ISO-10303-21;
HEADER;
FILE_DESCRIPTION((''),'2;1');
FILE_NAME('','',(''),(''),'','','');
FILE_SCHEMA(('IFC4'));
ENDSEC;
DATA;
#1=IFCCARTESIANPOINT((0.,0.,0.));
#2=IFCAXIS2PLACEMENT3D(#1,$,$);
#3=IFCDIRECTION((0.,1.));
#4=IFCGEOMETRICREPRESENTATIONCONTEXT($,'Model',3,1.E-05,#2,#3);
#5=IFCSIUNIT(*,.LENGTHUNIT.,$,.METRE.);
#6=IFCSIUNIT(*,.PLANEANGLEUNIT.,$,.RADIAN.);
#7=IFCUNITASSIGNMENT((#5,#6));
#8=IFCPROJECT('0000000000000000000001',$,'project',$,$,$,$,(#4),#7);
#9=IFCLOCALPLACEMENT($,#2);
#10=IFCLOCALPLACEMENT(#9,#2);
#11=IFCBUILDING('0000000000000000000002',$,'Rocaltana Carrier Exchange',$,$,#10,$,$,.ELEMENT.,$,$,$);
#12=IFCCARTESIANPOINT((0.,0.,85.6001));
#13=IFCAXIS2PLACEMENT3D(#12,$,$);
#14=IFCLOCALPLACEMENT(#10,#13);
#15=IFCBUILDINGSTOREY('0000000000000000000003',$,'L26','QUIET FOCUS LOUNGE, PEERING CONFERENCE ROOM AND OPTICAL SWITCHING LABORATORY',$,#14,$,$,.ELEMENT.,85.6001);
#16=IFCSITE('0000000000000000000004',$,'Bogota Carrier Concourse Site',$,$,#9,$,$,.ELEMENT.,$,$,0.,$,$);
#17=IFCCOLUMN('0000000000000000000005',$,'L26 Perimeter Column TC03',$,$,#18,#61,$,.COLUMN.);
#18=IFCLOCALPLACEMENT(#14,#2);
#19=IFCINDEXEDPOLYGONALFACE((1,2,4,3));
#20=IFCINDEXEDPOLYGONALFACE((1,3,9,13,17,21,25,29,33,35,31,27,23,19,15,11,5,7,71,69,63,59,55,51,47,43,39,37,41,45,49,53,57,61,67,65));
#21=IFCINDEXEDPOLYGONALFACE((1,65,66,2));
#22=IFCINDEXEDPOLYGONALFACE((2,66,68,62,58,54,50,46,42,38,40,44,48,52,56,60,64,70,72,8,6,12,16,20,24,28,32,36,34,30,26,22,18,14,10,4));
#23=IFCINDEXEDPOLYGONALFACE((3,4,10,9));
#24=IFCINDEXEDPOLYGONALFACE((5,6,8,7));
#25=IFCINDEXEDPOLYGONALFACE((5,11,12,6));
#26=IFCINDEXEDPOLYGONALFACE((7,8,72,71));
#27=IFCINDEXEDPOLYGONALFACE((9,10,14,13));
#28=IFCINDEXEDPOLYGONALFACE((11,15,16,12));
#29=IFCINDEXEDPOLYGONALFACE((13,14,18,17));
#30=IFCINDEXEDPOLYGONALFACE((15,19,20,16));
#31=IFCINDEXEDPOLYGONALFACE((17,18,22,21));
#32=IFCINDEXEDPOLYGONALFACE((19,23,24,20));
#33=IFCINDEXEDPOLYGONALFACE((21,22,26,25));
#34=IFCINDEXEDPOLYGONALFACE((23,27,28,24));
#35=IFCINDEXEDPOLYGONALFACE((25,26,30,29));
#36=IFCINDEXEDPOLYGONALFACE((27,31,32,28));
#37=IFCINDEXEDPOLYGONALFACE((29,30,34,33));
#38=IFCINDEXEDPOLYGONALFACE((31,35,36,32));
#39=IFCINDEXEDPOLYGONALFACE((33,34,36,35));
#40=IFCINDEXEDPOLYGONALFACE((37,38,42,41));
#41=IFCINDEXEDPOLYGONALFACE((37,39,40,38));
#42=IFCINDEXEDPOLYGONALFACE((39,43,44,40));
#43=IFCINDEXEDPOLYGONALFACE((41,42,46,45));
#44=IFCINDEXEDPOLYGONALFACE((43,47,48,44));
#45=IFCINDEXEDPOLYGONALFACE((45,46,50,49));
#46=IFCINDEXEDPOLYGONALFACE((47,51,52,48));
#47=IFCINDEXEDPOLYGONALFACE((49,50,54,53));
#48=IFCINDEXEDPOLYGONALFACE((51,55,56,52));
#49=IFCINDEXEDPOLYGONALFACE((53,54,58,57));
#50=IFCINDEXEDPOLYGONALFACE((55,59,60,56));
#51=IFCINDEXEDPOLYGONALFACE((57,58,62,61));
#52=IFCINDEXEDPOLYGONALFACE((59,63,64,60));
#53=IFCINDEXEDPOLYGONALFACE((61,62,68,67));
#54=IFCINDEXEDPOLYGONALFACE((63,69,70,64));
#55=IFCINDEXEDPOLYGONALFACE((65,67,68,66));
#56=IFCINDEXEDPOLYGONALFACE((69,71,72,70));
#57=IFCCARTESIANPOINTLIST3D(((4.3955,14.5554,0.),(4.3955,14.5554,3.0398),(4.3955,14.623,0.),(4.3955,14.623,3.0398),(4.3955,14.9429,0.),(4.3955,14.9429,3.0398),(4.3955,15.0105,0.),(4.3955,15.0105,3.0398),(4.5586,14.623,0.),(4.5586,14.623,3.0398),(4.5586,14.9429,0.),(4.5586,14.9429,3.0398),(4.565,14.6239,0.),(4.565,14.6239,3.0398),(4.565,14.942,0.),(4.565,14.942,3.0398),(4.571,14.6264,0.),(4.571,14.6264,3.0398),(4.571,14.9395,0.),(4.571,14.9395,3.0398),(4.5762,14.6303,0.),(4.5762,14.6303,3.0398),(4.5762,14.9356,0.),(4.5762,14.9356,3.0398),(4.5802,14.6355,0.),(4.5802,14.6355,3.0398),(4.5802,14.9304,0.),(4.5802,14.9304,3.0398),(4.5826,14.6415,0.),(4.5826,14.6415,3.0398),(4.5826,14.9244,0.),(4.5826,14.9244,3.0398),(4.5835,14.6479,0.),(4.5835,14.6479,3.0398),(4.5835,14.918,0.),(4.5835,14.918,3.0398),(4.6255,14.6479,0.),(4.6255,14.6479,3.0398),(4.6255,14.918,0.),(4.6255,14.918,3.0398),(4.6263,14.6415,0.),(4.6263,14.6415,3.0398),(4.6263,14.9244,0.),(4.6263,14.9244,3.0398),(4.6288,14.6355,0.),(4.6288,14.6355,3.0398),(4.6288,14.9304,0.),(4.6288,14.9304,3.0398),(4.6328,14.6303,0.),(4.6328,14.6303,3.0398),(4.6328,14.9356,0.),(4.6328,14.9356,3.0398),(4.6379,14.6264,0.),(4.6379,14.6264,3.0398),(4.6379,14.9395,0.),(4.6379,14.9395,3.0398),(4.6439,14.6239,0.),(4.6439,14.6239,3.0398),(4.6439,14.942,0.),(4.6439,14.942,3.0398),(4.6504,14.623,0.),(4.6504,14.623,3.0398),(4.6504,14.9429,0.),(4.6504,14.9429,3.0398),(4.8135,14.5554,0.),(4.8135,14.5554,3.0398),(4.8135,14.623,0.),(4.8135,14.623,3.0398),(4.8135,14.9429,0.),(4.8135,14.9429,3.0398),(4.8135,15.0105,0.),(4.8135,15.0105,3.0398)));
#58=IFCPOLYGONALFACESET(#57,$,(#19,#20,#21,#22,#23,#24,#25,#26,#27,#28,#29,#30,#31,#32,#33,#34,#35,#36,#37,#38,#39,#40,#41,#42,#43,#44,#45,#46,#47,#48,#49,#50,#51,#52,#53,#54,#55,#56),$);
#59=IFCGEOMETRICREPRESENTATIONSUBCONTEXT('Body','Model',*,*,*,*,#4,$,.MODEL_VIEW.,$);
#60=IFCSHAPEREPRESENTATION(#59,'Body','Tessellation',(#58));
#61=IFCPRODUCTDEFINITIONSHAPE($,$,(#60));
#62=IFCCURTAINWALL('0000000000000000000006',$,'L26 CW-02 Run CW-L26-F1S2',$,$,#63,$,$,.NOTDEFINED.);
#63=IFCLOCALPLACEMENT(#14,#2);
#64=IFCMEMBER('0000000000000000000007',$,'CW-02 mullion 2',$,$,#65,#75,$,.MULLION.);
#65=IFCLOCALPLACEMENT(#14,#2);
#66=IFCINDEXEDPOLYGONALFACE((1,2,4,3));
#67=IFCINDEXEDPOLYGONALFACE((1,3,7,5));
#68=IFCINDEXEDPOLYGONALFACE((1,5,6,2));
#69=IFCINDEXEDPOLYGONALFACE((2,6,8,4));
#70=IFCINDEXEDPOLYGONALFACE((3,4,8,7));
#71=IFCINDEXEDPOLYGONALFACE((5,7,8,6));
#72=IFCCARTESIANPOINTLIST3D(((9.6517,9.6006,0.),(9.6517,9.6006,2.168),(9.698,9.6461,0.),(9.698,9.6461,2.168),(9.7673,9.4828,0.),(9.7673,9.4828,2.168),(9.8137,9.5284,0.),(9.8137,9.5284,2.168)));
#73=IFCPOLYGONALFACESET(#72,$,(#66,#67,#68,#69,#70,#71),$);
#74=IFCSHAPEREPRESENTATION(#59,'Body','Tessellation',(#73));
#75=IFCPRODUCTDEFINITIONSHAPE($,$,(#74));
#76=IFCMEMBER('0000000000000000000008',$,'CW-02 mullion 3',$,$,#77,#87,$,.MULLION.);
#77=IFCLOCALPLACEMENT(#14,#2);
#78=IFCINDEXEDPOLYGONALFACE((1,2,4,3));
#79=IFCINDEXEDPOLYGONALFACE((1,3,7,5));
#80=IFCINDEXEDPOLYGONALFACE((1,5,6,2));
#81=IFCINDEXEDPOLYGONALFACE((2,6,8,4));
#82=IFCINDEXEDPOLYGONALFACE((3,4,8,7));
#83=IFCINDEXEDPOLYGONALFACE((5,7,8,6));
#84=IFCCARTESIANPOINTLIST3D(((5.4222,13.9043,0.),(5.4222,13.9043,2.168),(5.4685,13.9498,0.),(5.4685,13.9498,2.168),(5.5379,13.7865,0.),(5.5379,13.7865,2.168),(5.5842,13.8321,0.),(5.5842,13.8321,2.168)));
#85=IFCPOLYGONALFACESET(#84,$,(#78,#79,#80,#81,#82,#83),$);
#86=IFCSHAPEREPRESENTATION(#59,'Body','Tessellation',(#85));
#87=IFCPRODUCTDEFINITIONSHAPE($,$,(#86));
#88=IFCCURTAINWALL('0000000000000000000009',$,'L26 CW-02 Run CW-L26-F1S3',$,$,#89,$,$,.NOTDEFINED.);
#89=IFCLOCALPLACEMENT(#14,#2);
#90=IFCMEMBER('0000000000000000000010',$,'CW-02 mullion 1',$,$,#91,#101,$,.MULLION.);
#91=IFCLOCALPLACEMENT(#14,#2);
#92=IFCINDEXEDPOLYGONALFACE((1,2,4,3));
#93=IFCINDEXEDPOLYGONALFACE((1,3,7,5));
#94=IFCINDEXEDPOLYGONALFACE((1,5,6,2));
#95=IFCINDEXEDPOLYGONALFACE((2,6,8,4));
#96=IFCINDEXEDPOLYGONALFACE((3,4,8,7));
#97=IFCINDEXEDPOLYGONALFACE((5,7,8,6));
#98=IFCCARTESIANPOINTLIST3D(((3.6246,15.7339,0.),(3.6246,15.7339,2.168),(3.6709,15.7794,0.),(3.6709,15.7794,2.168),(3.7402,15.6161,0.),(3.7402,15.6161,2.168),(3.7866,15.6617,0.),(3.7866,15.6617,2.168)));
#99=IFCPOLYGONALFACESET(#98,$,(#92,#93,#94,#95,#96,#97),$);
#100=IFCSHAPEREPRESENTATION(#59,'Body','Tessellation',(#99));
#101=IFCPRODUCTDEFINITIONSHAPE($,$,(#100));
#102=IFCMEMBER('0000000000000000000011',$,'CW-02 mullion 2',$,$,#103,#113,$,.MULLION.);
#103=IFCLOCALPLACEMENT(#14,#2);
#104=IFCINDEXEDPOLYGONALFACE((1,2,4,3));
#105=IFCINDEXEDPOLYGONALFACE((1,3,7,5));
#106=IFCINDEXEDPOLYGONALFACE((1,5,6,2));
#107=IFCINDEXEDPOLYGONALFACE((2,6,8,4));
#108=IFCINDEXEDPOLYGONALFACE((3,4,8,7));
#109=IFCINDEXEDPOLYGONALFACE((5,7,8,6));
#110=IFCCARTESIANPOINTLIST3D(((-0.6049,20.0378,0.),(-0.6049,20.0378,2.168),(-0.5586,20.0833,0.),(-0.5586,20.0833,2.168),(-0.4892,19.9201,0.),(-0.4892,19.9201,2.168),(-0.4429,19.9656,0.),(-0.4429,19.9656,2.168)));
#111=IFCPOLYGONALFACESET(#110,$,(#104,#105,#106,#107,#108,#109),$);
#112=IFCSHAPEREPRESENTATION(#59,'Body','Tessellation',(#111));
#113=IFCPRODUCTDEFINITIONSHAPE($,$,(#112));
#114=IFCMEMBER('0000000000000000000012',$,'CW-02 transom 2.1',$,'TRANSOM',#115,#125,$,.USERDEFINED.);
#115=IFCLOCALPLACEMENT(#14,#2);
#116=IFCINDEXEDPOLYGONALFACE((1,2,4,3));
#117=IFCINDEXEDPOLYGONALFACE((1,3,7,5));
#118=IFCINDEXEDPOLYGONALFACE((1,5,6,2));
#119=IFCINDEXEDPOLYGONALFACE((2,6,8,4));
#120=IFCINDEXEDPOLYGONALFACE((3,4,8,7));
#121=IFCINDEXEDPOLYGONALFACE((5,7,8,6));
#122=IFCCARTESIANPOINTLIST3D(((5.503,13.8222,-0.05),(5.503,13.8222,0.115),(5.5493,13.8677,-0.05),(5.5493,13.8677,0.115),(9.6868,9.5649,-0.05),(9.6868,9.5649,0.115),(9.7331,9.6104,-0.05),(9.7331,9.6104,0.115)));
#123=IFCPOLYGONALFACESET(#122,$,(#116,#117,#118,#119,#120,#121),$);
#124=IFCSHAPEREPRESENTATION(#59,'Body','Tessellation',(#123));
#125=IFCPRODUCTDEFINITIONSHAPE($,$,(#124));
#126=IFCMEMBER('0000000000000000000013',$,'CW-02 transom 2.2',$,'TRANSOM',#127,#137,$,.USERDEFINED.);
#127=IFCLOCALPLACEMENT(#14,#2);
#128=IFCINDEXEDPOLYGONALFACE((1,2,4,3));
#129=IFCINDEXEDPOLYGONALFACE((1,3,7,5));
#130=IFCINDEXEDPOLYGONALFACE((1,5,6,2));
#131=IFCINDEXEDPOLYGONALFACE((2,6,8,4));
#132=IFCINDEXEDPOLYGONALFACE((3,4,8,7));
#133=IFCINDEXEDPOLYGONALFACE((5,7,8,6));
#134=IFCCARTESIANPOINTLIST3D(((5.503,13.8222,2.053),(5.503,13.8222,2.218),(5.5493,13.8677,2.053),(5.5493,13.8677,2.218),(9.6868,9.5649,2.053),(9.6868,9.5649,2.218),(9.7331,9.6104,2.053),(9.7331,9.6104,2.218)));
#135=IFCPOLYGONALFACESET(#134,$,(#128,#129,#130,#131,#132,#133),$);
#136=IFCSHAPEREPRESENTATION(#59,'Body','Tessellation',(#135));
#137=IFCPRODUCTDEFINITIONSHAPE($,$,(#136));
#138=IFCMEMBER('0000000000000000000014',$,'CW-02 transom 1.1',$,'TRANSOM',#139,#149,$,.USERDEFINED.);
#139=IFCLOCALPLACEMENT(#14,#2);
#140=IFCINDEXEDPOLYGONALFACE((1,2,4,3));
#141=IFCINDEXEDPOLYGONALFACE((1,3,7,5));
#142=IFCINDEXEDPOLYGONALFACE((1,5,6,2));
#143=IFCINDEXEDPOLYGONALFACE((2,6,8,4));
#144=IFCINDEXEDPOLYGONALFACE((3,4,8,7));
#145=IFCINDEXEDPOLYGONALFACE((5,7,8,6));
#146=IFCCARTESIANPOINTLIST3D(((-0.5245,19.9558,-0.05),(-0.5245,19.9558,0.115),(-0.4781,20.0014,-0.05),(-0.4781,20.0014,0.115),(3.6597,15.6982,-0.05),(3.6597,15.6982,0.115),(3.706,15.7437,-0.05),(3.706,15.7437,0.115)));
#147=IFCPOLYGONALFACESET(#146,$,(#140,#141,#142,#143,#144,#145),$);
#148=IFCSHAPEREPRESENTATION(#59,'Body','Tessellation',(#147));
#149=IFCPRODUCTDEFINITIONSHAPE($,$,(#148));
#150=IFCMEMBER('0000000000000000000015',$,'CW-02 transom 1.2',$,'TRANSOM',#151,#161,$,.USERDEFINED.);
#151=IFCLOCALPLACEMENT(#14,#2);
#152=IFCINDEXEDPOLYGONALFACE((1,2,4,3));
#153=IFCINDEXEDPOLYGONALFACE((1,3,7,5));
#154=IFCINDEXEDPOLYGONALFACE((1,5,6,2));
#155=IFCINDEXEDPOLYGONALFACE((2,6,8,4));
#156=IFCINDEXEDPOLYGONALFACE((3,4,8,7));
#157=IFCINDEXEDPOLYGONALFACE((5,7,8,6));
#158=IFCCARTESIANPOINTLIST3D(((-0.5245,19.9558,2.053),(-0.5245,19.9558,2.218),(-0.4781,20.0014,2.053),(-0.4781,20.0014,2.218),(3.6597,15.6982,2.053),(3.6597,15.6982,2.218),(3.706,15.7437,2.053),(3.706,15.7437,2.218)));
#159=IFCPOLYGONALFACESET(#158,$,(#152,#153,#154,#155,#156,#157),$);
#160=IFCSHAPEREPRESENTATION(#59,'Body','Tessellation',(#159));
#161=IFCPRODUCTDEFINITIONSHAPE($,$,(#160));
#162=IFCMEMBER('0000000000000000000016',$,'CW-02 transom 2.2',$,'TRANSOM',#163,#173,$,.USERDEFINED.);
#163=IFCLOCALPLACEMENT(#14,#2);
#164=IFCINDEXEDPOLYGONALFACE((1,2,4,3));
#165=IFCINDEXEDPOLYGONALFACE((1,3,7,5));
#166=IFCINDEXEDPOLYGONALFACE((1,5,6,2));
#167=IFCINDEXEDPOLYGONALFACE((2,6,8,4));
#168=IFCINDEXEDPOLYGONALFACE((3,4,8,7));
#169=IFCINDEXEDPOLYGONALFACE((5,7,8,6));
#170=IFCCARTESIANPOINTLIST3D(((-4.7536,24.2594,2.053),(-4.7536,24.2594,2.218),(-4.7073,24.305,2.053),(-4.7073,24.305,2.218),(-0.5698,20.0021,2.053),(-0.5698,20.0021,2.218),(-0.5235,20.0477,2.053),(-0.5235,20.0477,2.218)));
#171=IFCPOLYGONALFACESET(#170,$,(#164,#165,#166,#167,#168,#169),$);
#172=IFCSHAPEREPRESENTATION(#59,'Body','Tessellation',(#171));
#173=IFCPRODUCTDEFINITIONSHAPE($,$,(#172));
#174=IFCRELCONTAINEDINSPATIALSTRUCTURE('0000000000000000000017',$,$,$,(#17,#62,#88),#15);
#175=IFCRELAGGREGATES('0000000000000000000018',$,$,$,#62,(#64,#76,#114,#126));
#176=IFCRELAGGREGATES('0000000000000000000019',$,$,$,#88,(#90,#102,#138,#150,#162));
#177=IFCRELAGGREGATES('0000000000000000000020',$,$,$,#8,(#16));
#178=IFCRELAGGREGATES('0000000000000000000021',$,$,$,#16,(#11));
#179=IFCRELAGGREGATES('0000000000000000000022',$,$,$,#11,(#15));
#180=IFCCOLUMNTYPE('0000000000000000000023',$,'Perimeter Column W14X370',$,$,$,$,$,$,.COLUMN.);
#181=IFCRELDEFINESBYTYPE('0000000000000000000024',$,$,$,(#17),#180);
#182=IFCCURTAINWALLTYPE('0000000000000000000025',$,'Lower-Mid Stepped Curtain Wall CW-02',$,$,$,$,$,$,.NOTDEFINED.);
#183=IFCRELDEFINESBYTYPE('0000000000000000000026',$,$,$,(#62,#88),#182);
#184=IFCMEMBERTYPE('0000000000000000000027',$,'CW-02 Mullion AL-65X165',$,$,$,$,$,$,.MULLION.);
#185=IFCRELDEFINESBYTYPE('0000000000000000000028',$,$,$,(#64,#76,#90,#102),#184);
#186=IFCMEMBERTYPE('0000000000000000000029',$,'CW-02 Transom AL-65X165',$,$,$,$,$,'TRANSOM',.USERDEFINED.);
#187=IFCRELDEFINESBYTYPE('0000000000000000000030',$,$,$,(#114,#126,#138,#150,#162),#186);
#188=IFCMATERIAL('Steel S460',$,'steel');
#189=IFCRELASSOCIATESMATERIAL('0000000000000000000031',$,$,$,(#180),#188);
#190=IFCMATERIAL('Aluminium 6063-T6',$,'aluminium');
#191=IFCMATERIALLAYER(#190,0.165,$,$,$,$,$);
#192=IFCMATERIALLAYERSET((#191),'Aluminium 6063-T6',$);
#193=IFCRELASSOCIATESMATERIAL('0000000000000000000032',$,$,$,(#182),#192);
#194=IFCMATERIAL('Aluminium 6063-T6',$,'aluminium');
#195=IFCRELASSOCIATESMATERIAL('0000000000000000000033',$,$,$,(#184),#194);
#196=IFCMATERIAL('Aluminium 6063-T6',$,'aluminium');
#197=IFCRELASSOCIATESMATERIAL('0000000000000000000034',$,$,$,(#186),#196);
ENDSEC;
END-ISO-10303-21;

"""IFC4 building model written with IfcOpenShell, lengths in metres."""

from ifc_helpers import new_model, si_unit, direction, frame, origin, origin_2d, place, context, subcontext, project, spatial, rectangle, i_section, extrude, material, layer, layer_set, material_profile, profile_set, type_object, element, aggregate, save


model = new_model("IFC4")

# Units and contexts
model_context = context("Model", 3, precision=1e-05, world=origin(), true_north=direction((0.0, 1.0)))
body_context = subcontext(model_context, "Body", "Model", "MODEL_VIEW")
ifc_project = project(units=[si_unit("LENGTHUNIT", "METRE"), si_unit("PLANEANGLEUNIT", "RADIAN")], contexts=[model_context])

# Site, building, storey
site_placement = place(None, origin())
site = spatial("IfcSite", under=ifc_project, at=site_placement, Name="Bogota Carrier Concourse Site", CompositionType="ELEMENT", RefElevation=0.0)
building_placement = place(site_placement, origin())
building = spatial("IfcBuilding", under=site, at=building_placement, Name="Rocaltana Carrier Exchange", CompositionType="ELEMENT")
storey_placement = place(building_placement, frame((0.0, 0.0, 85.6001)))
storey = spatial("IfcBuildingStorey", under=building, at=storey_placement, Name="L26", Description="QUIET FOCUS LOUNGE, PEERING CONFERENCE ROOM AND OPTICAL SWITCHING LABORATORY", CompositionType="ELEMENT", Elevation=85.6001)

# Column
ifc_material_1 = material(Name="Steel S460", Category="steel")
ifc_material_profile_1 = material_profile(ifc_material_1, i_section(OverallWidth=0.418, OverallDepth=0.4551, WebThickness=0.042, FlangeThickness=0.0676, FilletRadius=0.0249, at=origin_2d()), Name="W14X370")
ifc_profile_set_1 = profile_set([ifc_material_profile_1], Name="Steel S460")
column_type = type_object("IfcColumnType", Name="Perimeter Column W14X370", PredefinedType="COLUMN", material=ifc_profile_set_1)
column_placement = place(storey_placement, frame((4.6045, 14.783, 0.0), z_axis=(0.0, 0.0, 1.0), x_axis=(1.0, 0.0, 0.0)))
element("IfcColumn", 1, at=column_placement, inside=storey, type_object=column_type, Name="L26 Perimeter Column TC03", PredefinedType="COLUMN", context=body_context, shape_type="SweptSolid", body=[
    extrude(i_section(OverallWidth=0.418, OverallDepth=0.4551, WebThickness=0.042, FlangeThickness=0.0676, FilletRadius=0.0249, at=origin_2d()), origin(), (0.0, 0.0, 1.0), 3.0398),
])

# Curtain walls, members
ifc_material_2 = material(Name="Aluminium 6063-T6", Category="aluminium")
ifc_layer_1 = layer(ifc_material_2, 0.165)
ifc_layer_set_1 = layer_set([ifc_layer_1], Name="Aluminium 6063-T6")
curtain_wall_type = type_object("IfcCurtainWallType", Name="Lower-Mid Stepped Curtain Wall CW-02", PredefinedType="NOTDEFINED", material=ifc_layer_set_1)
curtain_wall_1_placement = place(storey_placement, origin())
curtain_wall_1 = element("IfcCurtainWall", 2, at=curtain_wall_1_placement, inside=storey, type_object=curtain_wall_type, Name="L26 CW-02 Run CW-L26-F1S2", PredefinedType="NOTDEFINED")
ifc_material_3 = material(Name="Aluminium 6063-T6", Category="aluminium")
ifc_material_profile_2 = material_profile(ifc_material_3, rectangle(XDim=0.0649, YDim=0.165, at=origin_2d()), Name="AL-65X165")
ifc_profile_set_2 = profile_set([ifc_material_profile_2], Name="Aluminium 6063-T6")
member_type_1 = type_object("IfcMemberType", Name="CW-02 Mullion AL-65X165", PredefinedType="MULLION", material=ifc_profile_set_2)
member_1_placement = place(storey_placement, frame((9.7327, 9.5645, 0.0), z_axis=(0.0, 0.0, 1.0), x_axis=(-0.713245, -0.700915, 0.0)))
member_1 = element("IfcMember", 3, at=member_1_placement, type_object=member_type_1, Name="CW-02 mullion 2", PredefinedType="MULLION", context=body_context, shape_type="SweptSolid", body=[
    extrude(rectangle(XDim=0.0649, YDim=0.165, at=origin_2d()), origin(), (0.0, 0.0, 1.0), 2.168),
])
member_2_placement = place(storey_placement, frame((5.5032, 13.8682, 0.0), z_axis=(0.0, 0.0, 1.0), x_axis=(-0.713245, -0.700915, 0.0)))
member_2 = element("IfcMember", 4, at=member_2_placement, type_object=member_type_1, Name="CW-02 mullion 3", PredefinedType="MULLION", context=body_context, shape_type="SweptSolid", body=[
    extrude(rectangle(XDim=0.0649, YDim=0.165, at=origin_2d()), origin(), (0.0, 0.0, 1.0), 2.168),
])
curtain_wall_2_placement = place(storey_placement, origin())
curtain_wall_2 = element("IfcCurtainWall", 5, at=curtain_wall_2_placement, inside=storey, type_object=curtain_wall_type, Name="L26 CW-02 Run CW-L26-F1S3", PredefinedType="NOTDEFINED")
member_3_placement = place(storey_placement, frame((3.7056, 15.6978, 0.0), z_axis=(0.0, 0.0, 1.0), x_axis=(-0.713245, -0.700915, 0.0)))
member_3 = element("IfcMember", 6, at=member_3_placement, type_object=member_type_1, Name="CW-02 mullion 1", PredefinedType="MULLION", context=body_context, shape_type="SweptSolid", body=[
    extrude(rectangle(XDim=0.0649, YDim=0.165, at=origin_2d()), origin(), (0.0, 0.0, 1.0), 2.168),
])
member_4_placement = place(storey_placement, frame((-0.5239, 20.0017, 0.0), z_axis=(0.0, 0.0, 1.0), x_axis=(-0.713245, -0.700915, 0.0)))
member_4 = element("IfcMember", 7, at=member_4_placement, type_object=member_type_1, Name="CW-02 mullion 2", PredefinedType="MULLION", context=body_context, shape_type="SweptSolid", body=[
    extrude(rectangle(XDim=0.0649, YDim=0.165, at=origin_2d()), origin(), (0.0, 0.0, 1.0), 2.168),
])

# Members
ifc_material_4 = material(Name="Aluminium 6063-T6", Category="aluminium")
ifc_material_profile_3 = material_profile(ifc_material_4, rectangle(XDim=0.0649, YDim=0.165, at=origin_2d()), Name="AL-65X165")
ifc_profile_set_3 = profile_set([ifc_material_profile_3], Name="Aluminium 6063-T6")
member_type_2 = type_object("IfcMemberType", Name="CW-02 Transom AL-65X165", ElementType="TRANSOM", PredefinedType="USERDEFINED", material=ifc_profile_set_3)
member_5_placement = place(storey_placement, frame((9.71, 9.5876, 0.0325), z_axis=(-0.700924, 0.713236, 0.0), x_axis=(-0.713236, -0.700924, 0.0)))
member_5 = element("IfcMember", 8, at=member_5_placement, type_object=member_type_2, Name="CW-02 transom 2.1", ObjectType="TRANSOM", PredefinedType="USERDEFINED", context=body_context, shape_type="SweptSolid", body=[
    extrude(rectangle(XDim=0.0649, YDim=0.165, at=origin_2d()), origin(), (0.0, 0.0, 1.0), 5.969),
])
member_6_placement = place(storey_placement, frame((9.71, 9.5876, 2.1355), z_axis=(-0.700924, 0.713236, 0.0), x_axis=(-0.713236, -0.700924, 0.0)))
member_6 = element("IfcMember", 9, at=member_6_placement, type_object=member_type_2, Name="CW-02 transom 2.2", ObjectType="TRANSOM", PredefinedType="USERDEFINED", context=body_context, shape_type="SweptSolid", body=[
    extrude(rectangle(XDim=0.0649, YDim=0.165, at=origin_2d()), origin(), (0.0, 0.0, 1.0), 5.969),
])
member_7_placement = place(storey_placement, frame((3.6829, 15.7209, 0.0325), z_axis=(-0.700925, 0.713235, 0.0), x_axis=(-0.713235, -0.700925, 0.0)))
member_7 = element("IfcMember", 10, at=member_7_placement, type_object=member_type_2, Name="CW-02 transom 1.1", ObjectType="TRANSOM", PredefinedType="USERDEFINED", context=body_context, shape_type="SweptSolid", body=[
    extrude(rectangle(XDim=0.0649, YDim=0.165, at=origin_2d()), origin(), (0.0, 0.0, 1.0), 5.9695),
])
member_8_placement = place(storey_placement, frame((3.6829, 15.7209, 2.1355), z_axis=(-0.700925, 0.713235, 0.0), x_axis=(-0.713235, -0.700925, 0.0)))
member_8 = element("IfcMember", 11, at=member_8_placement, type_object=member_type_2, Name="CW-02 transom 1.2", ObjectType="TRANSOM", PredefinedType="USERDEFINED", context=body_context, shape_type="SweptSolid", body=[
    extrude(rectangle(XDim=0.0649, YDim=0.165, at=origin_2d()), origin(), (0.0, 0.0, 1.0), 5.9695),
])
member_9_placement = place(storey_placement, frame((-0.5466, 20.0249, 2.1355), z_axis=(-0.700924, 0.713236, 0.0), x_axis=(-0.713236, -0.700924, 0.0)))
member_9 = element("IfcMember", 12, at=member_9_placement, type_object=member_type_2, Name="CW-02 transom 2.2", ObjectType="TRANSOM", PredefinedType="USERDEFINED", context=body_context, shape_type="SweptSolid", body=[
    extrude(rectangle(XDim=0.0649, YDim=0.165, at=origin_2d()), origin(), (0.0, 0.0, 1.0), 5.969),
])

aggregate(curtain_wall_1, [member_1, member_2, member_5, member_6])
aggregate(curtain_wall_2, [member_3, member_4, member_7, member_8, member_9])

save(model, "model.ifc")
